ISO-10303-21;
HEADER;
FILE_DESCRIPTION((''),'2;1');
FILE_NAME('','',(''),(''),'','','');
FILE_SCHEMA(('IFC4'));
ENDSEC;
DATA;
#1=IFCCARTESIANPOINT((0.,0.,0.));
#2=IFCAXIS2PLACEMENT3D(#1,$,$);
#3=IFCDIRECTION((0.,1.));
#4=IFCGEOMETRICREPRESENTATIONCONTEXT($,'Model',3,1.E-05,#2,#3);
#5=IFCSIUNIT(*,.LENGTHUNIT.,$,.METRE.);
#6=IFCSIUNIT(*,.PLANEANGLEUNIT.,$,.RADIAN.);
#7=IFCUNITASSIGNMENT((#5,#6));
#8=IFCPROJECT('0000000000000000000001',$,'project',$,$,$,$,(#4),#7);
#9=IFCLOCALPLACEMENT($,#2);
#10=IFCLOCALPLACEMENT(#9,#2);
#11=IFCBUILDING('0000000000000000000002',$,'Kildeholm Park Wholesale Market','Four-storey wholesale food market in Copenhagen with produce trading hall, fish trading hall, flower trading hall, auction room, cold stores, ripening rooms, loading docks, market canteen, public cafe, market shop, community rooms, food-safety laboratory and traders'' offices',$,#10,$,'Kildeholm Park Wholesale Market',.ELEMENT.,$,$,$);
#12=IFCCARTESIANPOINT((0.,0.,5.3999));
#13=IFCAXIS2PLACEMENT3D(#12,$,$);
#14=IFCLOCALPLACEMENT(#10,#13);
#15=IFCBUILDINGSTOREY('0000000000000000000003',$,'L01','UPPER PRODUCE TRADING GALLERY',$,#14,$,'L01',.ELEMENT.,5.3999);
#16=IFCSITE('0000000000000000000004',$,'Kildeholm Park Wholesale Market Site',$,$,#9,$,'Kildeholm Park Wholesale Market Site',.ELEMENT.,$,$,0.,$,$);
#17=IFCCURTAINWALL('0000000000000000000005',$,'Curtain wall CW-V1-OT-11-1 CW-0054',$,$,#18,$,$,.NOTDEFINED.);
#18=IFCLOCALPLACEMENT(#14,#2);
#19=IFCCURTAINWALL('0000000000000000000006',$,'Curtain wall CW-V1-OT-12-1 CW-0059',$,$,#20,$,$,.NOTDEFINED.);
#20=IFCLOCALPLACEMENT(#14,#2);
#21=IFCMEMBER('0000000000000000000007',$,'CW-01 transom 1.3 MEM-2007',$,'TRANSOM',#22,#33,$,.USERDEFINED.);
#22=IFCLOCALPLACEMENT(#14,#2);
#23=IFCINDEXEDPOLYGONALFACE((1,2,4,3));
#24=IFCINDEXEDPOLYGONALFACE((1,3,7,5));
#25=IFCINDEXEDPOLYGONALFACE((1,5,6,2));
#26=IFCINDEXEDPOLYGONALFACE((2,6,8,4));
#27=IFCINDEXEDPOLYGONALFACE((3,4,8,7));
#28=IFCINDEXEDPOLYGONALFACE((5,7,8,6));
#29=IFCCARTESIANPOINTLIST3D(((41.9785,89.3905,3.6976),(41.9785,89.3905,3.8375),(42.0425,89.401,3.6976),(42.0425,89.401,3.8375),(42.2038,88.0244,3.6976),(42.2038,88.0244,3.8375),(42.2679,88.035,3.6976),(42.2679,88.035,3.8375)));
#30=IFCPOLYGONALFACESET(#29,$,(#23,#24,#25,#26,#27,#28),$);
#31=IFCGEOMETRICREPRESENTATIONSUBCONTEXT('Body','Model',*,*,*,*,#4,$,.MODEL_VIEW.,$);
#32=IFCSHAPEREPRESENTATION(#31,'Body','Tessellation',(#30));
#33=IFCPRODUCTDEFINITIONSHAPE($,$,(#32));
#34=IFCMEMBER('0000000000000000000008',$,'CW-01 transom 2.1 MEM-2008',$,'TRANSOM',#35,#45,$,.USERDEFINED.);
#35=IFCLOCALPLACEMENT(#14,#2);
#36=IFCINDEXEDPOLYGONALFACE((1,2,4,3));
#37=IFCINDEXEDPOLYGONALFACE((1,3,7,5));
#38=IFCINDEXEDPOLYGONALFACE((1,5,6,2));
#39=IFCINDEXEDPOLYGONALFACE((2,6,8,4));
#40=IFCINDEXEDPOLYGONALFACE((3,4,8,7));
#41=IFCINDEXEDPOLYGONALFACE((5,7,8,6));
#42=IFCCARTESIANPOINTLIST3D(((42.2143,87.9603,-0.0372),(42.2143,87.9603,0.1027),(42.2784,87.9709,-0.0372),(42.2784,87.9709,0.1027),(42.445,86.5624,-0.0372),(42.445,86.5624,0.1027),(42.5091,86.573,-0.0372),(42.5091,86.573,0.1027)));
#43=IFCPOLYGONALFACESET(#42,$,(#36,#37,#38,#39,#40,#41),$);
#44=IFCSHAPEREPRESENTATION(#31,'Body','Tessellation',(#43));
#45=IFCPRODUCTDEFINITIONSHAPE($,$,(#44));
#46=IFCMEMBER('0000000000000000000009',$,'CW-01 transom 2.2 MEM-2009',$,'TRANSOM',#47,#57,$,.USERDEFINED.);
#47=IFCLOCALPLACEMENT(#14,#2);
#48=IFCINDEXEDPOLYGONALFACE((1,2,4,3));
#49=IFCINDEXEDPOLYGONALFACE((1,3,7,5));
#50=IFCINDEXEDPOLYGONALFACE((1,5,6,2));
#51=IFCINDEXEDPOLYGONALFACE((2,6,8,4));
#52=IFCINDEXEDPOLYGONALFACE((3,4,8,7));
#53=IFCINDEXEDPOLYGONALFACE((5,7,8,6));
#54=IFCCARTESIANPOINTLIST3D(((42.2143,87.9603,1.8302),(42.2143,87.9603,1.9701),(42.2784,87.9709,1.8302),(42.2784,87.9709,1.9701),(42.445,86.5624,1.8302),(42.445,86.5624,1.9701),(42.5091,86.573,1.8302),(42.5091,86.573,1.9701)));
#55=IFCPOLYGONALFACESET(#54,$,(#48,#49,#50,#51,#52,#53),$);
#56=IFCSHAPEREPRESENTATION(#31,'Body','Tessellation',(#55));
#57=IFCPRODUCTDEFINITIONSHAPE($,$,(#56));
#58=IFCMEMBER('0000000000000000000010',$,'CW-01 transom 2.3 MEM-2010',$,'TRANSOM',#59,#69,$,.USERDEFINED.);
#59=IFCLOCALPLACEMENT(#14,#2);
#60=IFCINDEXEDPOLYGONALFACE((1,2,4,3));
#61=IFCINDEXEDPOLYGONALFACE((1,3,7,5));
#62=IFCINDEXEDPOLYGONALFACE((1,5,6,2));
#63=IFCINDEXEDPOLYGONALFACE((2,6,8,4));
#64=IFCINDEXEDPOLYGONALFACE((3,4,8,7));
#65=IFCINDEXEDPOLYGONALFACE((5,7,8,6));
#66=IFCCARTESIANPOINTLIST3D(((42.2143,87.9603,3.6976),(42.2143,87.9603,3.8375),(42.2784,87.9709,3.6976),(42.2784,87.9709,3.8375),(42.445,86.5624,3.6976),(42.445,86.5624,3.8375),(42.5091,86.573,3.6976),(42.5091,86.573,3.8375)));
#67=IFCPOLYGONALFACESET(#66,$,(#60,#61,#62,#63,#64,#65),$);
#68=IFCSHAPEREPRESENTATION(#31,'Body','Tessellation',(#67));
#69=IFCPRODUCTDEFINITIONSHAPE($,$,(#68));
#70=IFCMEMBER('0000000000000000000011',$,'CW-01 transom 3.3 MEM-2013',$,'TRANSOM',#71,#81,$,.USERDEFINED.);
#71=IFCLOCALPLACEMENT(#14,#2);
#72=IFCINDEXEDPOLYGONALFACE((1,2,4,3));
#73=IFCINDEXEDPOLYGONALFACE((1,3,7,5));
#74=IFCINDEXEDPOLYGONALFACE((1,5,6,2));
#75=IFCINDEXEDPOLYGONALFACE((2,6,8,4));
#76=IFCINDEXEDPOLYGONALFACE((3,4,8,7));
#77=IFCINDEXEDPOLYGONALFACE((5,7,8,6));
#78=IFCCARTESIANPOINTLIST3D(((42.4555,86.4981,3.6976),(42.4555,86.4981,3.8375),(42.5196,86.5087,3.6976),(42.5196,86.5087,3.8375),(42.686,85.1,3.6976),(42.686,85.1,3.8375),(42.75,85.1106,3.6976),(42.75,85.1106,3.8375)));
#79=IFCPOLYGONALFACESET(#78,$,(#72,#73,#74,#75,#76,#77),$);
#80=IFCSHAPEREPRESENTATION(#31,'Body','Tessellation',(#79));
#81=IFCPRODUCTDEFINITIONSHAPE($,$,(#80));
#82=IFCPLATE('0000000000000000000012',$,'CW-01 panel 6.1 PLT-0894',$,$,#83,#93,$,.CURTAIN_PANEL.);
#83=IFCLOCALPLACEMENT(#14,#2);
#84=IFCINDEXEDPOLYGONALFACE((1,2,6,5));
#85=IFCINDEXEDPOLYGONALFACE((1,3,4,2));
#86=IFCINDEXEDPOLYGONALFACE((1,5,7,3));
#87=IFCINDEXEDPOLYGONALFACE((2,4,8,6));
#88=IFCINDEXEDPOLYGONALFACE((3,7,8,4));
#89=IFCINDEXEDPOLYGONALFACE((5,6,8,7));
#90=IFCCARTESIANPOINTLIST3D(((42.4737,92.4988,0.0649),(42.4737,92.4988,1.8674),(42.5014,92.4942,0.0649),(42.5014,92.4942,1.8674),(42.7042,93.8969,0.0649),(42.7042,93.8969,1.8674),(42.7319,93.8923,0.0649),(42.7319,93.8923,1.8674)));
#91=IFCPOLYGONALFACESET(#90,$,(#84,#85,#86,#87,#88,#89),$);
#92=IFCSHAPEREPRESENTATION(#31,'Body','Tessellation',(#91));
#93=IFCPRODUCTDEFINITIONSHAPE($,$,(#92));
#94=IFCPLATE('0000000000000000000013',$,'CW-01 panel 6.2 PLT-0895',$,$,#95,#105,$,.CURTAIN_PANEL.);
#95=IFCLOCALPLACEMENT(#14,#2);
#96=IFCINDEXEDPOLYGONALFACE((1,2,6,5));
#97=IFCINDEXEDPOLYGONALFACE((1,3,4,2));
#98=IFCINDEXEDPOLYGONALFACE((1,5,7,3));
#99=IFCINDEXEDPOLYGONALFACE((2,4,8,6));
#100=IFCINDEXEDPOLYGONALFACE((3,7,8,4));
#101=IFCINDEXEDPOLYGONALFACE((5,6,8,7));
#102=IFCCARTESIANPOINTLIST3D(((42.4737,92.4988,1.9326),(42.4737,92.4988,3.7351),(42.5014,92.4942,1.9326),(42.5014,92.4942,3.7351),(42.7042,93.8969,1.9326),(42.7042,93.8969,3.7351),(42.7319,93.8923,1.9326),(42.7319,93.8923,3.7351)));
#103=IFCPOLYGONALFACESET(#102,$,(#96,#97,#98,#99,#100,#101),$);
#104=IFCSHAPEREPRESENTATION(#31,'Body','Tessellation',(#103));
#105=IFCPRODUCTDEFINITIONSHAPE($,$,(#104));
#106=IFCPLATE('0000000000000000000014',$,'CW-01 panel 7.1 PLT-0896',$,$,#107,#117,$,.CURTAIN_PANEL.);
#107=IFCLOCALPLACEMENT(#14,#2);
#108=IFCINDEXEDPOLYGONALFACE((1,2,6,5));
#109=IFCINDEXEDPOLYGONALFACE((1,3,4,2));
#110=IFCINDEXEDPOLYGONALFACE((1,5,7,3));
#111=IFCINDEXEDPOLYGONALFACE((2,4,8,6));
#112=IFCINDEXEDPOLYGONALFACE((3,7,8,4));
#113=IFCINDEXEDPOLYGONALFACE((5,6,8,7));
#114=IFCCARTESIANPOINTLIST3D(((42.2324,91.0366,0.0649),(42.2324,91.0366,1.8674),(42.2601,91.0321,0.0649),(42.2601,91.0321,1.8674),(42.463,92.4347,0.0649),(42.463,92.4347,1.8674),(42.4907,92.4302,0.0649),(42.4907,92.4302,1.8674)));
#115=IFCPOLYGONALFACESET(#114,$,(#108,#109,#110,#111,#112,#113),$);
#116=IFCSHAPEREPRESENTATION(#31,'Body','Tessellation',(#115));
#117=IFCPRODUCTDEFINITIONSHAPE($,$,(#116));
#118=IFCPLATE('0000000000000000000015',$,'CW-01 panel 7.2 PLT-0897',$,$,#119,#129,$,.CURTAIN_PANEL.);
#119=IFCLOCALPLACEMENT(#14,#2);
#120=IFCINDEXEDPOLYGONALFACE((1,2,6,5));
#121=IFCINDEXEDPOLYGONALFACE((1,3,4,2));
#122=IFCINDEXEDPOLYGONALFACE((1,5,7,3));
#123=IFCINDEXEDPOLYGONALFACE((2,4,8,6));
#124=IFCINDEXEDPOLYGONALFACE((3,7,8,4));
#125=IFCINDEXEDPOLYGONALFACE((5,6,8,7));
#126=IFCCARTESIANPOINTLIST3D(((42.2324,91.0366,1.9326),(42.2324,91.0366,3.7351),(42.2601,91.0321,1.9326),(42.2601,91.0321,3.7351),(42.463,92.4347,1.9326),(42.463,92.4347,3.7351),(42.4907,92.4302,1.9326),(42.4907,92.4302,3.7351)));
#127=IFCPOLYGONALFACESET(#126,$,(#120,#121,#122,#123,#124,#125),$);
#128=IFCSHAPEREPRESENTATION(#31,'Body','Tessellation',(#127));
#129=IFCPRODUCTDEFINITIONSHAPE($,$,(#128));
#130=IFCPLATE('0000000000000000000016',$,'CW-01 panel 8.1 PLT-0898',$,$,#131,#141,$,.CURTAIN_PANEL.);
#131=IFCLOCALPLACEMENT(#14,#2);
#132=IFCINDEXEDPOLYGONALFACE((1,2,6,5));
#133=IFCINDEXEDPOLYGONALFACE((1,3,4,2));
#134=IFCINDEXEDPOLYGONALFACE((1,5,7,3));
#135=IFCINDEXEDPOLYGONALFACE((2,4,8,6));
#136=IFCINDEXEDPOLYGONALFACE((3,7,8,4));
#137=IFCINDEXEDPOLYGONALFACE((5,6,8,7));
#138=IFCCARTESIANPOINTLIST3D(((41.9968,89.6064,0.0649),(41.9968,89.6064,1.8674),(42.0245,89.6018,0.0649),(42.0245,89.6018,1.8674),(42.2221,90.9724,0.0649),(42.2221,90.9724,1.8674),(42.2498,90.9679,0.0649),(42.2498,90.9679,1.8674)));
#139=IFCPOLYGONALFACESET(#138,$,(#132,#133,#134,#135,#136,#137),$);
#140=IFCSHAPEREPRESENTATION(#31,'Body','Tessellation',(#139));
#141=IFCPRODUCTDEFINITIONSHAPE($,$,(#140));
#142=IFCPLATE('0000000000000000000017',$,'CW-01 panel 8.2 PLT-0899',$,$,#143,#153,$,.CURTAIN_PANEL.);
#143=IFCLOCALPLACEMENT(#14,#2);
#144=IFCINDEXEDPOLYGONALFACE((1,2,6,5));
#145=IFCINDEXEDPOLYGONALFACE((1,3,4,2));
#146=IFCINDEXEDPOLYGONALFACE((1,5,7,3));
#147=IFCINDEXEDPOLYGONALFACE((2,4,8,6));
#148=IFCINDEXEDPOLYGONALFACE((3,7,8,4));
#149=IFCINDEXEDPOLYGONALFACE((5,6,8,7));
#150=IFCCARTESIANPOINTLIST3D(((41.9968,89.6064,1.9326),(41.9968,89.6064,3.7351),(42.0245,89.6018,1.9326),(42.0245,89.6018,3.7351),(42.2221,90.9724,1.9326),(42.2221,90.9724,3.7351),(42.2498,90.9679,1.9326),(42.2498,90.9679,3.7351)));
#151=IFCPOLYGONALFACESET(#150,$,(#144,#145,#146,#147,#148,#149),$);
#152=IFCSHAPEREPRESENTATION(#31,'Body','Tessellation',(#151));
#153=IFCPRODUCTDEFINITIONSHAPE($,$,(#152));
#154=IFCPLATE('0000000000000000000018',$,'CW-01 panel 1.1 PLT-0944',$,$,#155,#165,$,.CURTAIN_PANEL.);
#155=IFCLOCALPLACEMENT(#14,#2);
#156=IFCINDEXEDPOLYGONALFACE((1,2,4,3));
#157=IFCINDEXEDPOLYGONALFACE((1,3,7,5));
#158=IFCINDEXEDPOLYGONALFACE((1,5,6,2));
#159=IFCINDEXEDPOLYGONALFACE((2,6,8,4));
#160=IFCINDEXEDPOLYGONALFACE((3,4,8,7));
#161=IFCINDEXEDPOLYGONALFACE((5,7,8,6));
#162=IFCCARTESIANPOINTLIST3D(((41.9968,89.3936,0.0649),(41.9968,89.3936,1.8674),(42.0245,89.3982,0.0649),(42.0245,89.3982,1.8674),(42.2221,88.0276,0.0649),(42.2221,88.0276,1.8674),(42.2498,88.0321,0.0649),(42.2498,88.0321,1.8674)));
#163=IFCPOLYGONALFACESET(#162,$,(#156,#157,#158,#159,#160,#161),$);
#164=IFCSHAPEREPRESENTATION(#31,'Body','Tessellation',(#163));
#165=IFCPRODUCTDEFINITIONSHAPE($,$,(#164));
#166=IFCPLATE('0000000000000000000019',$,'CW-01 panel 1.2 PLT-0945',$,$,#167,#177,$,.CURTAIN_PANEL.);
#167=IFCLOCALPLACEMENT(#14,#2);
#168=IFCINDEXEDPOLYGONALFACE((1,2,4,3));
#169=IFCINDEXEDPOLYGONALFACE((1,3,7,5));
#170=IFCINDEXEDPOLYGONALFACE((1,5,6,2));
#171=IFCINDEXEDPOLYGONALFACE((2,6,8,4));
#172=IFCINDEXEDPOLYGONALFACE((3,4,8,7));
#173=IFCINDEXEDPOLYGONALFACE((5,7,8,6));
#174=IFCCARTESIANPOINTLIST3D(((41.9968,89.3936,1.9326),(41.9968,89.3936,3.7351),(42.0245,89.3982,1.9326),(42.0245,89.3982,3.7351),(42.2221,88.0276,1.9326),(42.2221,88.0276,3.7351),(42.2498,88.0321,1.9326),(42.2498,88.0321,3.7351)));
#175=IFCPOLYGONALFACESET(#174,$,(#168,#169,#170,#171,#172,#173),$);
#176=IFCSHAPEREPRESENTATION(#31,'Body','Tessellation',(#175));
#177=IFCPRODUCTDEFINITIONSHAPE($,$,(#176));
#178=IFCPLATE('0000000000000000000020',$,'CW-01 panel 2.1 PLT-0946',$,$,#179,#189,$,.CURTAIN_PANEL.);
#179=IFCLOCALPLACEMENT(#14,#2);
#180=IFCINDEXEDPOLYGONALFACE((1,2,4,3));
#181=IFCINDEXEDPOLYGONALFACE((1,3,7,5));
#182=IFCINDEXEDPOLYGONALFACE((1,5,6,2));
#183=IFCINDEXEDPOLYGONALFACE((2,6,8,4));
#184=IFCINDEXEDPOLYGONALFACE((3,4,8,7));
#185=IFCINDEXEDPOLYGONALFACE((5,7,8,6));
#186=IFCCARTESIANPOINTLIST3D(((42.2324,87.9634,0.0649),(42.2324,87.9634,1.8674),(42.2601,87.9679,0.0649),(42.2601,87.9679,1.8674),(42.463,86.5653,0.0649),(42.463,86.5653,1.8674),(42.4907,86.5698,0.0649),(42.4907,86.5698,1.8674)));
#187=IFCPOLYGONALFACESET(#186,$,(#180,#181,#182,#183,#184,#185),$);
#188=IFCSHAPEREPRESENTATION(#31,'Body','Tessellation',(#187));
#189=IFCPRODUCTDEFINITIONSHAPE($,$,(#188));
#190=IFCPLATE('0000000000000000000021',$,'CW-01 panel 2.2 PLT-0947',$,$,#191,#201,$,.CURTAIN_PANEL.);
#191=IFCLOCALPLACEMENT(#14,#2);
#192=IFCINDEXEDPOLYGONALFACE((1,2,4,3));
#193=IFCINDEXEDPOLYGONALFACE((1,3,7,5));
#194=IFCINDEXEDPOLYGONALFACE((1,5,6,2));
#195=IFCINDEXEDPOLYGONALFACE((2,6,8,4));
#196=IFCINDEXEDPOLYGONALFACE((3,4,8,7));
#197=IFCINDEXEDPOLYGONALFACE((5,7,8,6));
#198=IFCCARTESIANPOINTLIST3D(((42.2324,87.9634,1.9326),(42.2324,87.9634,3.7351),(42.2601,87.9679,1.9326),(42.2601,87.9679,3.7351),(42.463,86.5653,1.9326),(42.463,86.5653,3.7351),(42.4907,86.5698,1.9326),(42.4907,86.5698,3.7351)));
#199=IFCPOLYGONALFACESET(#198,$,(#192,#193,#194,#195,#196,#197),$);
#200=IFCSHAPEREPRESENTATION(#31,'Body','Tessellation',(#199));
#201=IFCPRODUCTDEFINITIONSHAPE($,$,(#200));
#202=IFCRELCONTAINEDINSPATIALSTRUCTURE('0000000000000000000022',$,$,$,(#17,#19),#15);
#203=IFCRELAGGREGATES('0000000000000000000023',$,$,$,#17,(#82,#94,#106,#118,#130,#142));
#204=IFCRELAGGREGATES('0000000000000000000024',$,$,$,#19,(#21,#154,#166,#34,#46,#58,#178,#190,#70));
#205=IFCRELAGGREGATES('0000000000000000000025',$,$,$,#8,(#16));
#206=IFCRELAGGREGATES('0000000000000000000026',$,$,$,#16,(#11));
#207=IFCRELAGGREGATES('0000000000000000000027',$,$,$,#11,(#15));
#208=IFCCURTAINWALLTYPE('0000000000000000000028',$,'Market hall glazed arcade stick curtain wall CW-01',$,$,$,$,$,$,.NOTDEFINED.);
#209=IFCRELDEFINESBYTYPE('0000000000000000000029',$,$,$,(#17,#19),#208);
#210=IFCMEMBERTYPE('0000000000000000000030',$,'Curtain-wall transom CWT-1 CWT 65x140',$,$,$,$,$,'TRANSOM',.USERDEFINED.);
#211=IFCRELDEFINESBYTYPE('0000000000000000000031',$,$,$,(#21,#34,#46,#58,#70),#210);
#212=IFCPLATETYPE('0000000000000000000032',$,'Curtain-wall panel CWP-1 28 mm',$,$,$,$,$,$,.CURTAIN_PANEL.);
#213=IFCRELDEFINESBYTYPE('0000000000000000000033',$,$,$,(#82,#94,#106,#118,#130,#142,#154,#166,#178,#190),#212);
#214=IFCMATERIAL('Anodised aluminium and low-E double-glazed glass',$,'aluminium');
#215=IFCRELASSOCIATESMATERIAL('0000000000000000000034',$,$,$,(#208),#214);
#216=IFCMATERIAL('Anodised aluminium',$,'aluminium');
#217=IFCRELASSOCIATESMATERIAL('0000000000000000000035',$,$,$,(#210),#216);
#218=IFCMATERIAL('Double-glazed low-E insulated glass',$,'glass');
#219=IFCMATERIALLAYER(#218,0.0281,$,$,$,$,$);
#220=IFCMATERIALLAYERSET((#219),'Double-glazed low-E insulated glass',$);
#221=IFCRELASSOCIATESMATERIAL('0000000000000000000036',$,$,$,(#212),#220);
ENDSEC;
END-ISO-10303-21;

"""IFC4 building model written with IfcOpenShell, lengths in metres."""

from ifc_helpers import new_model, si_unit, direction, frame, origin, origin_2d, place, context, subcontext, project, spatial, rectangle, extrude, material, layer, layer_set, material_profile, profile_set, type_object, element, aggregate, save


model = new_model("IFC4")

# Units and contexts
model_context = context("Model", 3, precision=1e-05, world=origin(), true_north=direction((0.0, 1.0)))
body_context = subcontext(model_context, "Body", "Model", "MODEL_VIEW")
ifc_project = project(units=[si_unit("LENGTHUNIT", "METRE"), si_unit("PLANEANGLEUNIT", "RADIAN")], contexts=[model_context])

# Site, building, storey
site_placement = place(None, origin())
site = spatial("IfcSite", under=ifc_project, at=site_placement, Name="Kildeholm Park Wholesale Market Site", LongName="Kildeholm Park Wholesale Market Site", CompositionType="ELEMENT", RefElevation=0.0)
building_placement = place(site_placement, origin())
building = spatial("IfcBuilding", under=site, at=building_placement, Name="Kildeholm Park Wholesale Market", Description="Four-storey wholesale food market in Copenhagen with produce trading hall, fish trading hall, flower trading hall, auction room, cold stores, ripening rooms, loading docks, market canteen, public cafe, market shop, community rooms, food-safety laboratory and traders' offices", LongName="Kildeholm Park Wholesale Market", CompositionType="ELEMENT")
storey_placement = place(building_placement, frame((0.0, 0.0, 5.3999)))
storey = spatial("IfcBuildingStorey", under=building, at=storey_placement, Name="L01", Description="UPPER PRODUCE TRADING GALLERY", LongName="L01", CompositionType="ELEMENT", Elevation=5.3999)

# Curtain walls
ifc_material_1 = material(Name="Anodised aluminium and low-E double-glazed glass", Category="aluminium")
curtain_wall_type = type_object("IfcCurtainWallType", Name="Market hall glazed arcade stick curtain wall CW-01", PredefinedType="NOTDEFINED", material=ifc_material_1)
curtain_wall_1_placement = place(storey_placement, origin())
curtain_wall_1 = element("IfcCurtainWall", 1, at=curtain_wall_1_placement, inside=storey, type_object=curtain_wall_type, Name="Curtain wall CW-V1-OT-11-1 CW-0054", PredefinedType="NOTDEFINED")
ifc_material_2 = material(Name="Anodised aluminium", Category="aluminium")
curtain_wall_2_placement = place(storey_placement, origin())
curtain_wall_2 = element("IfcCurtainWall", 2, at=curtain_wall_2_placement, inside=storey, type_object=curtain_wall_type, Name="Curtain wall CW-V1-OT-12-1 CW-0059", PredefinedType="NOTDEFINED")

# Members
ifc_material_profile_1 = material_profile(ifc_material_2, rectangle(XDim=0.0649, YDim=0.1399, at=origin_2d()), Name="CWT 65x140")
ifc_profile_set_1 = profile_set([ifc_material_profile_1], Name="Anodised aluminium")
member_type_1 = type_object("IfcMemberType", Name="Curtain-wall transom CWT-1 CWT 65x140", ElementType="TRANSOM", PredefinedType="USERDEFINED", material=ifc_profile_set_1)
member_1_placement = place(storey_placement, frame((42.0105, 89.3958, 3.7676), z_axis=(0.162769, -0.986664, 0.0), x_axis=(0.986664, 0.162769, 0.0)))
member_1 = element("IfcMember", 3, at=member_1_placement, type_object=member_type_1, Name="CW-01 transom 1.3 MEM-2007", ObjectType="TRANSOM", PredefinedType="USERDEFINED", context=body_context, shape_type="SweptSolid", body=[
    extrude(rectangle(XDim=0.0649, YDim=0.1399, at=origin_2d()), origin(), (0.0, 0.0, 1.0), 1.3845),
])
member_2_placement = place(storey_placement, frame((42.2463, 87.9656, 0.0327), z_axis=(0.162834, -0.986653, 0.0), x_axis=(0.986653, 0.162834, 0.0)))
member_2 = element("IfcMember", 4, at=member_2_placement, type_object=member_type_1, Name="CW-01 transom 2.1 MEM-2008", ObjectType="TRANSOM", PredefinedType="USERDEFINED", context=body_context, shape_type="SweptSolid", body=[
    extrude(rectangle(XDim=0.0649, YDim=0.1399, at=origin_2d()), origin(), (0.0, 0.0, 1.0), 1.4167),
])
member_3_placement = place(storey_placement, frame((42.2463, 87.9656, 1.9001), z_axis=(0.162834, -0.986653, 0.0), x_axis=(0.986653, 0.162834, 0.0)))
member_3 = element("IfcMember", 5, at=member_3_placement, type_object=member_type_1, Name="CW-01 transom 2.2 MEM-2009", ObjectType="TRANSOM", PredefinedType="USERDEFINED", context=body_context, shape_type="SweptSolid", body=[
    extrude(rectangle(XDim=0.0649, YDim=0.1399, at=origin_2d()), origin(), (0.0, 0.0, 1.0), 1.4167),
])
member_4_placement = place(storey_placement, frame((42.2463, 87.9656, 3.7676), z_axis=(0.162834, -0.986653, 0.0), x_axis=(0.986653, 0.162834, 0.0)))
member_4 = element("IfcMember", 6, at=member_4_placement, type_object=member_type_1, Name="CW-01 transom 2.3 MEM-2010", ObjectType="TRANSOM", PredefinedType="USERDEFINED", context=body_context, shape_type="SweptSolid", body=[
    extrude(rectangle(XDim=0.0649, YDim=0.1399, at=origin_2d()), origin(), (0.0, 0.0, 1.0), 1.4167),
])
member_5_placement = place(storey_placement, frame((42.4875, 86.5034, 3.7676), z_axis=(0.162639, -0.986686, 0.0), x_axis=(0.986686, 0.162639, 0.0)))
member_5 = element("IfcMember", 7, at=member_5_placement, type_object=member_type_1, Name="CW-01 transom 3.3 MEM-2013", ObjectType="TRANSOM", PredefinedType="USERDEFINED", context=body_context, shape_type="SweptSolid", body=[
    extrude(rectangle(XDim=0.0649, YDim=0.1399, at=origin_2d()), origin(), (0.0, 0.0, 1.0), 1.417),
])

# Plates
ifc_material_3 = material(Name="Double-glazed low-E insulated glass", Category="glass")
ifc_layer_1 = layer(ifc_material_3, 0.0281)
ifc_layer_set_1 = layer_set([ifc_layer_1], Name="Double-glazed low-E insulated glass")
plate_type = type_object("IfcPlateType", Name="Curtain-wall panel CWP-1 28 mm", PredefinedType="CURTAIN_PANEL", material=ifc_layer_set_1)
plate_1_placement = place(storey_placement, frame((42.6028, 93.1956, 0.0649), z_axis=(0.0, 0.0, 1.0), x_axis=(-0.162703, -0.986675, 0.0)))
plate_1 = element("IfcPlate", 8, at=plate_1_placement, type_object=plate_type, Name="CW-01 panel 6.1 PLT-0894", PredefinedType="CURTAIN_PANEL", context=body_context, shape_type="SweptSolid", body=[
    extrude(rectangle(XDim=1.417, YDim=0.0281, at=origin_2d()), origin(), (0.0, 0.0, 1.0), 1.8025),
])
plate_2_placement = place(storey_placement, frame((42.6028, 93.1956, 1.9326), z_axis=(0.0, 0.0, 1.0), x_axis=(-0.162703, -0.986675, 0.0)))
plate_2 = element("IfcPlate", 9, at=plate_2_placement, type_object=plate_type, Name="CW-01 panel 6.2 PLT-0895", PredefinedType="CURTAIN_PANEL", context=body_context, shape_type="SweptSolid", body=[
    extrude(rectangle(XDim=1.417, YDim=0.0281, at=origin_2d()), origin(), (0.0, 0.0, 1.0), 1.8025),
])
plate_3_placement = place(storey_placement, frame((42.3616, 91.7334, 0.0649), z_axis=(0.0, 0.0, 1.0), x_axis=(-0.162703, -0.986675, 0.0)))
plate_3 = element("IfcPlate", 10, at=plate_3_placement, type_object=plate_type, Name="CW-01 panel 7.1 PLT-0896", PredefinedType="CURTAIN_PANEL", context=body_context, shape_type="SweptSolid", body=[
    extrude(rectangle(XDim=1.417, YDim=0.0281, at=origin_2d()), origin(), (0.0, 0.0, 1.0), 1.8025),
])
plate_4_placement = place(storey_placement, frame((42.3616, 91.7334, 1.9326), z_axis=(0.0, 0.0, 1.0), x_axis=(-0.162703, -0.986675, 0.0)))
plate_4 = element("IfcPlate", 11, at=plate_4_placement, type_object=plate_type, Name="CW-01 panel 7.2 PLT-0897", PredefinedType="CURTAIN_PANEL", context=body_context, shape_type="SweptSolid", body=[
    extrude(rectangle(XDim=1.417, YDim=0.0281, at=origin_2d()), origin(), (0.0, 0.0, 1.0), 1.8025),
])
plate_5_placement = place(storey_placement, frame((42.1233, 90.2871, 0.0649), z_axis=(0.0, 0.0, 1.0), x_axis=(-0.162703, -0.986675, 0.0)))
plate_5 = element("IfcPlate", 12, at=plate_5_placement, type_object=plate_type, Name="CW-01 panel 8.1 PLT-0898", PredefinedType="CURTAIN_PANEL", context=body_context, shape_type="SweptSolid", body=[
    extrude(rectangle(XDim=1.3845, YDim=0.0281, at=origin_2d()), origin(), (0.0, 0.0, 1.0), 1.8025),
])
plate_6_placement = place(storey_placement, frame((42.1233, 90.2871, 1.9326), z_axis=(0.0, 0.0, 1.0), x_axis=(-0.162703, -0.986675, 0.0)))
plate_6 = element("IfcPlate", 13, at=plate_6_placement, type_object=plate_type, Name="CW-01 panel 8.2 PLT-0899", PredefinedType="CURTAIN_PANEL", context=body_context, shape_type="SweptSolid", body=[
    extrude(rectangle(XDim=1.3845, YDim=0.0281, at=origin_2d()), origin(), (0.0, 0.0, 1.0), 1.8025),
])
aggregate(curtain_wall_1, [plate_1, plate_2, plate_3, plate_4, plate_5, plate_6])
plate_7_placement = place(storey_placement, frame((42.1233, 88.7129, 0.0649), z_axis=(0.0, 0.0, 1.0), x_axis=(0.162703, -0.986675, 0.0)))
plate_7 = element("IfcPlate", 14, at=plate_7_placement, type_object=plate_type, Name="CW-01 panel 1.1 PLT-0944", PredefinedType="CURTAIN_PANEL", context=body_context, shape_type="SweptSolid", body=[
    extrude(rectangle(XDim=1.3845, YDim=0.0281, at=origin_2d()), origin(), (0.0, 0.0, 1.0), 1.8025),
])
plate_8_placement = place(storey_placement, frame((42.1233, 88.7129, 1.9326), z_axis=(0.0, 0.0, 1.0), x_axis=(0.162703, -0.986675, 0.0)))
plate_8 = element("IfcPlate", 15, at=plate_8_placement, type_object=plate_type, Name="CW-01 panel 1.2 PLT-0945", PredefinedType="CURTAIN_PANEL", context=body_context, shape_type="SweptSolid", body=[
    extrude(rectangle(XDim=1.3845, YDim=0.0281, at=origin_2d()), origin(), (0.0, 0.0, 1.0), 1.8025),
])
plate_9_placement = place(storey_placement, frame((42.3616, 87.2666, 0.0649), z_axis=(0.0, 0.0, 1.0), x_axis=(0.162703, -0.986675, 0.0)))
plate_9 = element("IfcPlate", 16, at=plate_9_placement, type_object=plate_type, Name="CW-01 panel 2.1 PLT-0946", PredefinedType="CURTAIN_PANEL", context=body_context, shape_type="SweptSolid", body=[
    extrude(rectangle(XDim=1.417, YDim=0.0281, at=origin_2d()), origin(), (0.0, 0.0, 1.0), 1.8025),
])
plate_10_placement = place(storey_placement, frame((42.3616, 87.2666, 1.9326), z_axis=(0.0, 0.0, 1.0), x_axis=(0.162703, -0.986675, 0.0)))
plate_10 = element("IfcPlate", 17, at=plate_10_placement, type_object=plate_type, Name="CW-01 panel 2.2 PLT-0947", PredefinedType="CURTAIN_PANEL", context=body_context, shape_type="SweptSolid", body=[
    extrude(rectangle(XDim=1.417, YDim=0.0281, at=origin_2d()), origin(), (0.0, 0.0, 1.0), 1.8025),
])
aggregate(curtain_wall_2, [member_1, plate_7, plate_8, member_2, member_3, member_4, plate_9, plate_10, member_5])

save(model, "model.ifc")
